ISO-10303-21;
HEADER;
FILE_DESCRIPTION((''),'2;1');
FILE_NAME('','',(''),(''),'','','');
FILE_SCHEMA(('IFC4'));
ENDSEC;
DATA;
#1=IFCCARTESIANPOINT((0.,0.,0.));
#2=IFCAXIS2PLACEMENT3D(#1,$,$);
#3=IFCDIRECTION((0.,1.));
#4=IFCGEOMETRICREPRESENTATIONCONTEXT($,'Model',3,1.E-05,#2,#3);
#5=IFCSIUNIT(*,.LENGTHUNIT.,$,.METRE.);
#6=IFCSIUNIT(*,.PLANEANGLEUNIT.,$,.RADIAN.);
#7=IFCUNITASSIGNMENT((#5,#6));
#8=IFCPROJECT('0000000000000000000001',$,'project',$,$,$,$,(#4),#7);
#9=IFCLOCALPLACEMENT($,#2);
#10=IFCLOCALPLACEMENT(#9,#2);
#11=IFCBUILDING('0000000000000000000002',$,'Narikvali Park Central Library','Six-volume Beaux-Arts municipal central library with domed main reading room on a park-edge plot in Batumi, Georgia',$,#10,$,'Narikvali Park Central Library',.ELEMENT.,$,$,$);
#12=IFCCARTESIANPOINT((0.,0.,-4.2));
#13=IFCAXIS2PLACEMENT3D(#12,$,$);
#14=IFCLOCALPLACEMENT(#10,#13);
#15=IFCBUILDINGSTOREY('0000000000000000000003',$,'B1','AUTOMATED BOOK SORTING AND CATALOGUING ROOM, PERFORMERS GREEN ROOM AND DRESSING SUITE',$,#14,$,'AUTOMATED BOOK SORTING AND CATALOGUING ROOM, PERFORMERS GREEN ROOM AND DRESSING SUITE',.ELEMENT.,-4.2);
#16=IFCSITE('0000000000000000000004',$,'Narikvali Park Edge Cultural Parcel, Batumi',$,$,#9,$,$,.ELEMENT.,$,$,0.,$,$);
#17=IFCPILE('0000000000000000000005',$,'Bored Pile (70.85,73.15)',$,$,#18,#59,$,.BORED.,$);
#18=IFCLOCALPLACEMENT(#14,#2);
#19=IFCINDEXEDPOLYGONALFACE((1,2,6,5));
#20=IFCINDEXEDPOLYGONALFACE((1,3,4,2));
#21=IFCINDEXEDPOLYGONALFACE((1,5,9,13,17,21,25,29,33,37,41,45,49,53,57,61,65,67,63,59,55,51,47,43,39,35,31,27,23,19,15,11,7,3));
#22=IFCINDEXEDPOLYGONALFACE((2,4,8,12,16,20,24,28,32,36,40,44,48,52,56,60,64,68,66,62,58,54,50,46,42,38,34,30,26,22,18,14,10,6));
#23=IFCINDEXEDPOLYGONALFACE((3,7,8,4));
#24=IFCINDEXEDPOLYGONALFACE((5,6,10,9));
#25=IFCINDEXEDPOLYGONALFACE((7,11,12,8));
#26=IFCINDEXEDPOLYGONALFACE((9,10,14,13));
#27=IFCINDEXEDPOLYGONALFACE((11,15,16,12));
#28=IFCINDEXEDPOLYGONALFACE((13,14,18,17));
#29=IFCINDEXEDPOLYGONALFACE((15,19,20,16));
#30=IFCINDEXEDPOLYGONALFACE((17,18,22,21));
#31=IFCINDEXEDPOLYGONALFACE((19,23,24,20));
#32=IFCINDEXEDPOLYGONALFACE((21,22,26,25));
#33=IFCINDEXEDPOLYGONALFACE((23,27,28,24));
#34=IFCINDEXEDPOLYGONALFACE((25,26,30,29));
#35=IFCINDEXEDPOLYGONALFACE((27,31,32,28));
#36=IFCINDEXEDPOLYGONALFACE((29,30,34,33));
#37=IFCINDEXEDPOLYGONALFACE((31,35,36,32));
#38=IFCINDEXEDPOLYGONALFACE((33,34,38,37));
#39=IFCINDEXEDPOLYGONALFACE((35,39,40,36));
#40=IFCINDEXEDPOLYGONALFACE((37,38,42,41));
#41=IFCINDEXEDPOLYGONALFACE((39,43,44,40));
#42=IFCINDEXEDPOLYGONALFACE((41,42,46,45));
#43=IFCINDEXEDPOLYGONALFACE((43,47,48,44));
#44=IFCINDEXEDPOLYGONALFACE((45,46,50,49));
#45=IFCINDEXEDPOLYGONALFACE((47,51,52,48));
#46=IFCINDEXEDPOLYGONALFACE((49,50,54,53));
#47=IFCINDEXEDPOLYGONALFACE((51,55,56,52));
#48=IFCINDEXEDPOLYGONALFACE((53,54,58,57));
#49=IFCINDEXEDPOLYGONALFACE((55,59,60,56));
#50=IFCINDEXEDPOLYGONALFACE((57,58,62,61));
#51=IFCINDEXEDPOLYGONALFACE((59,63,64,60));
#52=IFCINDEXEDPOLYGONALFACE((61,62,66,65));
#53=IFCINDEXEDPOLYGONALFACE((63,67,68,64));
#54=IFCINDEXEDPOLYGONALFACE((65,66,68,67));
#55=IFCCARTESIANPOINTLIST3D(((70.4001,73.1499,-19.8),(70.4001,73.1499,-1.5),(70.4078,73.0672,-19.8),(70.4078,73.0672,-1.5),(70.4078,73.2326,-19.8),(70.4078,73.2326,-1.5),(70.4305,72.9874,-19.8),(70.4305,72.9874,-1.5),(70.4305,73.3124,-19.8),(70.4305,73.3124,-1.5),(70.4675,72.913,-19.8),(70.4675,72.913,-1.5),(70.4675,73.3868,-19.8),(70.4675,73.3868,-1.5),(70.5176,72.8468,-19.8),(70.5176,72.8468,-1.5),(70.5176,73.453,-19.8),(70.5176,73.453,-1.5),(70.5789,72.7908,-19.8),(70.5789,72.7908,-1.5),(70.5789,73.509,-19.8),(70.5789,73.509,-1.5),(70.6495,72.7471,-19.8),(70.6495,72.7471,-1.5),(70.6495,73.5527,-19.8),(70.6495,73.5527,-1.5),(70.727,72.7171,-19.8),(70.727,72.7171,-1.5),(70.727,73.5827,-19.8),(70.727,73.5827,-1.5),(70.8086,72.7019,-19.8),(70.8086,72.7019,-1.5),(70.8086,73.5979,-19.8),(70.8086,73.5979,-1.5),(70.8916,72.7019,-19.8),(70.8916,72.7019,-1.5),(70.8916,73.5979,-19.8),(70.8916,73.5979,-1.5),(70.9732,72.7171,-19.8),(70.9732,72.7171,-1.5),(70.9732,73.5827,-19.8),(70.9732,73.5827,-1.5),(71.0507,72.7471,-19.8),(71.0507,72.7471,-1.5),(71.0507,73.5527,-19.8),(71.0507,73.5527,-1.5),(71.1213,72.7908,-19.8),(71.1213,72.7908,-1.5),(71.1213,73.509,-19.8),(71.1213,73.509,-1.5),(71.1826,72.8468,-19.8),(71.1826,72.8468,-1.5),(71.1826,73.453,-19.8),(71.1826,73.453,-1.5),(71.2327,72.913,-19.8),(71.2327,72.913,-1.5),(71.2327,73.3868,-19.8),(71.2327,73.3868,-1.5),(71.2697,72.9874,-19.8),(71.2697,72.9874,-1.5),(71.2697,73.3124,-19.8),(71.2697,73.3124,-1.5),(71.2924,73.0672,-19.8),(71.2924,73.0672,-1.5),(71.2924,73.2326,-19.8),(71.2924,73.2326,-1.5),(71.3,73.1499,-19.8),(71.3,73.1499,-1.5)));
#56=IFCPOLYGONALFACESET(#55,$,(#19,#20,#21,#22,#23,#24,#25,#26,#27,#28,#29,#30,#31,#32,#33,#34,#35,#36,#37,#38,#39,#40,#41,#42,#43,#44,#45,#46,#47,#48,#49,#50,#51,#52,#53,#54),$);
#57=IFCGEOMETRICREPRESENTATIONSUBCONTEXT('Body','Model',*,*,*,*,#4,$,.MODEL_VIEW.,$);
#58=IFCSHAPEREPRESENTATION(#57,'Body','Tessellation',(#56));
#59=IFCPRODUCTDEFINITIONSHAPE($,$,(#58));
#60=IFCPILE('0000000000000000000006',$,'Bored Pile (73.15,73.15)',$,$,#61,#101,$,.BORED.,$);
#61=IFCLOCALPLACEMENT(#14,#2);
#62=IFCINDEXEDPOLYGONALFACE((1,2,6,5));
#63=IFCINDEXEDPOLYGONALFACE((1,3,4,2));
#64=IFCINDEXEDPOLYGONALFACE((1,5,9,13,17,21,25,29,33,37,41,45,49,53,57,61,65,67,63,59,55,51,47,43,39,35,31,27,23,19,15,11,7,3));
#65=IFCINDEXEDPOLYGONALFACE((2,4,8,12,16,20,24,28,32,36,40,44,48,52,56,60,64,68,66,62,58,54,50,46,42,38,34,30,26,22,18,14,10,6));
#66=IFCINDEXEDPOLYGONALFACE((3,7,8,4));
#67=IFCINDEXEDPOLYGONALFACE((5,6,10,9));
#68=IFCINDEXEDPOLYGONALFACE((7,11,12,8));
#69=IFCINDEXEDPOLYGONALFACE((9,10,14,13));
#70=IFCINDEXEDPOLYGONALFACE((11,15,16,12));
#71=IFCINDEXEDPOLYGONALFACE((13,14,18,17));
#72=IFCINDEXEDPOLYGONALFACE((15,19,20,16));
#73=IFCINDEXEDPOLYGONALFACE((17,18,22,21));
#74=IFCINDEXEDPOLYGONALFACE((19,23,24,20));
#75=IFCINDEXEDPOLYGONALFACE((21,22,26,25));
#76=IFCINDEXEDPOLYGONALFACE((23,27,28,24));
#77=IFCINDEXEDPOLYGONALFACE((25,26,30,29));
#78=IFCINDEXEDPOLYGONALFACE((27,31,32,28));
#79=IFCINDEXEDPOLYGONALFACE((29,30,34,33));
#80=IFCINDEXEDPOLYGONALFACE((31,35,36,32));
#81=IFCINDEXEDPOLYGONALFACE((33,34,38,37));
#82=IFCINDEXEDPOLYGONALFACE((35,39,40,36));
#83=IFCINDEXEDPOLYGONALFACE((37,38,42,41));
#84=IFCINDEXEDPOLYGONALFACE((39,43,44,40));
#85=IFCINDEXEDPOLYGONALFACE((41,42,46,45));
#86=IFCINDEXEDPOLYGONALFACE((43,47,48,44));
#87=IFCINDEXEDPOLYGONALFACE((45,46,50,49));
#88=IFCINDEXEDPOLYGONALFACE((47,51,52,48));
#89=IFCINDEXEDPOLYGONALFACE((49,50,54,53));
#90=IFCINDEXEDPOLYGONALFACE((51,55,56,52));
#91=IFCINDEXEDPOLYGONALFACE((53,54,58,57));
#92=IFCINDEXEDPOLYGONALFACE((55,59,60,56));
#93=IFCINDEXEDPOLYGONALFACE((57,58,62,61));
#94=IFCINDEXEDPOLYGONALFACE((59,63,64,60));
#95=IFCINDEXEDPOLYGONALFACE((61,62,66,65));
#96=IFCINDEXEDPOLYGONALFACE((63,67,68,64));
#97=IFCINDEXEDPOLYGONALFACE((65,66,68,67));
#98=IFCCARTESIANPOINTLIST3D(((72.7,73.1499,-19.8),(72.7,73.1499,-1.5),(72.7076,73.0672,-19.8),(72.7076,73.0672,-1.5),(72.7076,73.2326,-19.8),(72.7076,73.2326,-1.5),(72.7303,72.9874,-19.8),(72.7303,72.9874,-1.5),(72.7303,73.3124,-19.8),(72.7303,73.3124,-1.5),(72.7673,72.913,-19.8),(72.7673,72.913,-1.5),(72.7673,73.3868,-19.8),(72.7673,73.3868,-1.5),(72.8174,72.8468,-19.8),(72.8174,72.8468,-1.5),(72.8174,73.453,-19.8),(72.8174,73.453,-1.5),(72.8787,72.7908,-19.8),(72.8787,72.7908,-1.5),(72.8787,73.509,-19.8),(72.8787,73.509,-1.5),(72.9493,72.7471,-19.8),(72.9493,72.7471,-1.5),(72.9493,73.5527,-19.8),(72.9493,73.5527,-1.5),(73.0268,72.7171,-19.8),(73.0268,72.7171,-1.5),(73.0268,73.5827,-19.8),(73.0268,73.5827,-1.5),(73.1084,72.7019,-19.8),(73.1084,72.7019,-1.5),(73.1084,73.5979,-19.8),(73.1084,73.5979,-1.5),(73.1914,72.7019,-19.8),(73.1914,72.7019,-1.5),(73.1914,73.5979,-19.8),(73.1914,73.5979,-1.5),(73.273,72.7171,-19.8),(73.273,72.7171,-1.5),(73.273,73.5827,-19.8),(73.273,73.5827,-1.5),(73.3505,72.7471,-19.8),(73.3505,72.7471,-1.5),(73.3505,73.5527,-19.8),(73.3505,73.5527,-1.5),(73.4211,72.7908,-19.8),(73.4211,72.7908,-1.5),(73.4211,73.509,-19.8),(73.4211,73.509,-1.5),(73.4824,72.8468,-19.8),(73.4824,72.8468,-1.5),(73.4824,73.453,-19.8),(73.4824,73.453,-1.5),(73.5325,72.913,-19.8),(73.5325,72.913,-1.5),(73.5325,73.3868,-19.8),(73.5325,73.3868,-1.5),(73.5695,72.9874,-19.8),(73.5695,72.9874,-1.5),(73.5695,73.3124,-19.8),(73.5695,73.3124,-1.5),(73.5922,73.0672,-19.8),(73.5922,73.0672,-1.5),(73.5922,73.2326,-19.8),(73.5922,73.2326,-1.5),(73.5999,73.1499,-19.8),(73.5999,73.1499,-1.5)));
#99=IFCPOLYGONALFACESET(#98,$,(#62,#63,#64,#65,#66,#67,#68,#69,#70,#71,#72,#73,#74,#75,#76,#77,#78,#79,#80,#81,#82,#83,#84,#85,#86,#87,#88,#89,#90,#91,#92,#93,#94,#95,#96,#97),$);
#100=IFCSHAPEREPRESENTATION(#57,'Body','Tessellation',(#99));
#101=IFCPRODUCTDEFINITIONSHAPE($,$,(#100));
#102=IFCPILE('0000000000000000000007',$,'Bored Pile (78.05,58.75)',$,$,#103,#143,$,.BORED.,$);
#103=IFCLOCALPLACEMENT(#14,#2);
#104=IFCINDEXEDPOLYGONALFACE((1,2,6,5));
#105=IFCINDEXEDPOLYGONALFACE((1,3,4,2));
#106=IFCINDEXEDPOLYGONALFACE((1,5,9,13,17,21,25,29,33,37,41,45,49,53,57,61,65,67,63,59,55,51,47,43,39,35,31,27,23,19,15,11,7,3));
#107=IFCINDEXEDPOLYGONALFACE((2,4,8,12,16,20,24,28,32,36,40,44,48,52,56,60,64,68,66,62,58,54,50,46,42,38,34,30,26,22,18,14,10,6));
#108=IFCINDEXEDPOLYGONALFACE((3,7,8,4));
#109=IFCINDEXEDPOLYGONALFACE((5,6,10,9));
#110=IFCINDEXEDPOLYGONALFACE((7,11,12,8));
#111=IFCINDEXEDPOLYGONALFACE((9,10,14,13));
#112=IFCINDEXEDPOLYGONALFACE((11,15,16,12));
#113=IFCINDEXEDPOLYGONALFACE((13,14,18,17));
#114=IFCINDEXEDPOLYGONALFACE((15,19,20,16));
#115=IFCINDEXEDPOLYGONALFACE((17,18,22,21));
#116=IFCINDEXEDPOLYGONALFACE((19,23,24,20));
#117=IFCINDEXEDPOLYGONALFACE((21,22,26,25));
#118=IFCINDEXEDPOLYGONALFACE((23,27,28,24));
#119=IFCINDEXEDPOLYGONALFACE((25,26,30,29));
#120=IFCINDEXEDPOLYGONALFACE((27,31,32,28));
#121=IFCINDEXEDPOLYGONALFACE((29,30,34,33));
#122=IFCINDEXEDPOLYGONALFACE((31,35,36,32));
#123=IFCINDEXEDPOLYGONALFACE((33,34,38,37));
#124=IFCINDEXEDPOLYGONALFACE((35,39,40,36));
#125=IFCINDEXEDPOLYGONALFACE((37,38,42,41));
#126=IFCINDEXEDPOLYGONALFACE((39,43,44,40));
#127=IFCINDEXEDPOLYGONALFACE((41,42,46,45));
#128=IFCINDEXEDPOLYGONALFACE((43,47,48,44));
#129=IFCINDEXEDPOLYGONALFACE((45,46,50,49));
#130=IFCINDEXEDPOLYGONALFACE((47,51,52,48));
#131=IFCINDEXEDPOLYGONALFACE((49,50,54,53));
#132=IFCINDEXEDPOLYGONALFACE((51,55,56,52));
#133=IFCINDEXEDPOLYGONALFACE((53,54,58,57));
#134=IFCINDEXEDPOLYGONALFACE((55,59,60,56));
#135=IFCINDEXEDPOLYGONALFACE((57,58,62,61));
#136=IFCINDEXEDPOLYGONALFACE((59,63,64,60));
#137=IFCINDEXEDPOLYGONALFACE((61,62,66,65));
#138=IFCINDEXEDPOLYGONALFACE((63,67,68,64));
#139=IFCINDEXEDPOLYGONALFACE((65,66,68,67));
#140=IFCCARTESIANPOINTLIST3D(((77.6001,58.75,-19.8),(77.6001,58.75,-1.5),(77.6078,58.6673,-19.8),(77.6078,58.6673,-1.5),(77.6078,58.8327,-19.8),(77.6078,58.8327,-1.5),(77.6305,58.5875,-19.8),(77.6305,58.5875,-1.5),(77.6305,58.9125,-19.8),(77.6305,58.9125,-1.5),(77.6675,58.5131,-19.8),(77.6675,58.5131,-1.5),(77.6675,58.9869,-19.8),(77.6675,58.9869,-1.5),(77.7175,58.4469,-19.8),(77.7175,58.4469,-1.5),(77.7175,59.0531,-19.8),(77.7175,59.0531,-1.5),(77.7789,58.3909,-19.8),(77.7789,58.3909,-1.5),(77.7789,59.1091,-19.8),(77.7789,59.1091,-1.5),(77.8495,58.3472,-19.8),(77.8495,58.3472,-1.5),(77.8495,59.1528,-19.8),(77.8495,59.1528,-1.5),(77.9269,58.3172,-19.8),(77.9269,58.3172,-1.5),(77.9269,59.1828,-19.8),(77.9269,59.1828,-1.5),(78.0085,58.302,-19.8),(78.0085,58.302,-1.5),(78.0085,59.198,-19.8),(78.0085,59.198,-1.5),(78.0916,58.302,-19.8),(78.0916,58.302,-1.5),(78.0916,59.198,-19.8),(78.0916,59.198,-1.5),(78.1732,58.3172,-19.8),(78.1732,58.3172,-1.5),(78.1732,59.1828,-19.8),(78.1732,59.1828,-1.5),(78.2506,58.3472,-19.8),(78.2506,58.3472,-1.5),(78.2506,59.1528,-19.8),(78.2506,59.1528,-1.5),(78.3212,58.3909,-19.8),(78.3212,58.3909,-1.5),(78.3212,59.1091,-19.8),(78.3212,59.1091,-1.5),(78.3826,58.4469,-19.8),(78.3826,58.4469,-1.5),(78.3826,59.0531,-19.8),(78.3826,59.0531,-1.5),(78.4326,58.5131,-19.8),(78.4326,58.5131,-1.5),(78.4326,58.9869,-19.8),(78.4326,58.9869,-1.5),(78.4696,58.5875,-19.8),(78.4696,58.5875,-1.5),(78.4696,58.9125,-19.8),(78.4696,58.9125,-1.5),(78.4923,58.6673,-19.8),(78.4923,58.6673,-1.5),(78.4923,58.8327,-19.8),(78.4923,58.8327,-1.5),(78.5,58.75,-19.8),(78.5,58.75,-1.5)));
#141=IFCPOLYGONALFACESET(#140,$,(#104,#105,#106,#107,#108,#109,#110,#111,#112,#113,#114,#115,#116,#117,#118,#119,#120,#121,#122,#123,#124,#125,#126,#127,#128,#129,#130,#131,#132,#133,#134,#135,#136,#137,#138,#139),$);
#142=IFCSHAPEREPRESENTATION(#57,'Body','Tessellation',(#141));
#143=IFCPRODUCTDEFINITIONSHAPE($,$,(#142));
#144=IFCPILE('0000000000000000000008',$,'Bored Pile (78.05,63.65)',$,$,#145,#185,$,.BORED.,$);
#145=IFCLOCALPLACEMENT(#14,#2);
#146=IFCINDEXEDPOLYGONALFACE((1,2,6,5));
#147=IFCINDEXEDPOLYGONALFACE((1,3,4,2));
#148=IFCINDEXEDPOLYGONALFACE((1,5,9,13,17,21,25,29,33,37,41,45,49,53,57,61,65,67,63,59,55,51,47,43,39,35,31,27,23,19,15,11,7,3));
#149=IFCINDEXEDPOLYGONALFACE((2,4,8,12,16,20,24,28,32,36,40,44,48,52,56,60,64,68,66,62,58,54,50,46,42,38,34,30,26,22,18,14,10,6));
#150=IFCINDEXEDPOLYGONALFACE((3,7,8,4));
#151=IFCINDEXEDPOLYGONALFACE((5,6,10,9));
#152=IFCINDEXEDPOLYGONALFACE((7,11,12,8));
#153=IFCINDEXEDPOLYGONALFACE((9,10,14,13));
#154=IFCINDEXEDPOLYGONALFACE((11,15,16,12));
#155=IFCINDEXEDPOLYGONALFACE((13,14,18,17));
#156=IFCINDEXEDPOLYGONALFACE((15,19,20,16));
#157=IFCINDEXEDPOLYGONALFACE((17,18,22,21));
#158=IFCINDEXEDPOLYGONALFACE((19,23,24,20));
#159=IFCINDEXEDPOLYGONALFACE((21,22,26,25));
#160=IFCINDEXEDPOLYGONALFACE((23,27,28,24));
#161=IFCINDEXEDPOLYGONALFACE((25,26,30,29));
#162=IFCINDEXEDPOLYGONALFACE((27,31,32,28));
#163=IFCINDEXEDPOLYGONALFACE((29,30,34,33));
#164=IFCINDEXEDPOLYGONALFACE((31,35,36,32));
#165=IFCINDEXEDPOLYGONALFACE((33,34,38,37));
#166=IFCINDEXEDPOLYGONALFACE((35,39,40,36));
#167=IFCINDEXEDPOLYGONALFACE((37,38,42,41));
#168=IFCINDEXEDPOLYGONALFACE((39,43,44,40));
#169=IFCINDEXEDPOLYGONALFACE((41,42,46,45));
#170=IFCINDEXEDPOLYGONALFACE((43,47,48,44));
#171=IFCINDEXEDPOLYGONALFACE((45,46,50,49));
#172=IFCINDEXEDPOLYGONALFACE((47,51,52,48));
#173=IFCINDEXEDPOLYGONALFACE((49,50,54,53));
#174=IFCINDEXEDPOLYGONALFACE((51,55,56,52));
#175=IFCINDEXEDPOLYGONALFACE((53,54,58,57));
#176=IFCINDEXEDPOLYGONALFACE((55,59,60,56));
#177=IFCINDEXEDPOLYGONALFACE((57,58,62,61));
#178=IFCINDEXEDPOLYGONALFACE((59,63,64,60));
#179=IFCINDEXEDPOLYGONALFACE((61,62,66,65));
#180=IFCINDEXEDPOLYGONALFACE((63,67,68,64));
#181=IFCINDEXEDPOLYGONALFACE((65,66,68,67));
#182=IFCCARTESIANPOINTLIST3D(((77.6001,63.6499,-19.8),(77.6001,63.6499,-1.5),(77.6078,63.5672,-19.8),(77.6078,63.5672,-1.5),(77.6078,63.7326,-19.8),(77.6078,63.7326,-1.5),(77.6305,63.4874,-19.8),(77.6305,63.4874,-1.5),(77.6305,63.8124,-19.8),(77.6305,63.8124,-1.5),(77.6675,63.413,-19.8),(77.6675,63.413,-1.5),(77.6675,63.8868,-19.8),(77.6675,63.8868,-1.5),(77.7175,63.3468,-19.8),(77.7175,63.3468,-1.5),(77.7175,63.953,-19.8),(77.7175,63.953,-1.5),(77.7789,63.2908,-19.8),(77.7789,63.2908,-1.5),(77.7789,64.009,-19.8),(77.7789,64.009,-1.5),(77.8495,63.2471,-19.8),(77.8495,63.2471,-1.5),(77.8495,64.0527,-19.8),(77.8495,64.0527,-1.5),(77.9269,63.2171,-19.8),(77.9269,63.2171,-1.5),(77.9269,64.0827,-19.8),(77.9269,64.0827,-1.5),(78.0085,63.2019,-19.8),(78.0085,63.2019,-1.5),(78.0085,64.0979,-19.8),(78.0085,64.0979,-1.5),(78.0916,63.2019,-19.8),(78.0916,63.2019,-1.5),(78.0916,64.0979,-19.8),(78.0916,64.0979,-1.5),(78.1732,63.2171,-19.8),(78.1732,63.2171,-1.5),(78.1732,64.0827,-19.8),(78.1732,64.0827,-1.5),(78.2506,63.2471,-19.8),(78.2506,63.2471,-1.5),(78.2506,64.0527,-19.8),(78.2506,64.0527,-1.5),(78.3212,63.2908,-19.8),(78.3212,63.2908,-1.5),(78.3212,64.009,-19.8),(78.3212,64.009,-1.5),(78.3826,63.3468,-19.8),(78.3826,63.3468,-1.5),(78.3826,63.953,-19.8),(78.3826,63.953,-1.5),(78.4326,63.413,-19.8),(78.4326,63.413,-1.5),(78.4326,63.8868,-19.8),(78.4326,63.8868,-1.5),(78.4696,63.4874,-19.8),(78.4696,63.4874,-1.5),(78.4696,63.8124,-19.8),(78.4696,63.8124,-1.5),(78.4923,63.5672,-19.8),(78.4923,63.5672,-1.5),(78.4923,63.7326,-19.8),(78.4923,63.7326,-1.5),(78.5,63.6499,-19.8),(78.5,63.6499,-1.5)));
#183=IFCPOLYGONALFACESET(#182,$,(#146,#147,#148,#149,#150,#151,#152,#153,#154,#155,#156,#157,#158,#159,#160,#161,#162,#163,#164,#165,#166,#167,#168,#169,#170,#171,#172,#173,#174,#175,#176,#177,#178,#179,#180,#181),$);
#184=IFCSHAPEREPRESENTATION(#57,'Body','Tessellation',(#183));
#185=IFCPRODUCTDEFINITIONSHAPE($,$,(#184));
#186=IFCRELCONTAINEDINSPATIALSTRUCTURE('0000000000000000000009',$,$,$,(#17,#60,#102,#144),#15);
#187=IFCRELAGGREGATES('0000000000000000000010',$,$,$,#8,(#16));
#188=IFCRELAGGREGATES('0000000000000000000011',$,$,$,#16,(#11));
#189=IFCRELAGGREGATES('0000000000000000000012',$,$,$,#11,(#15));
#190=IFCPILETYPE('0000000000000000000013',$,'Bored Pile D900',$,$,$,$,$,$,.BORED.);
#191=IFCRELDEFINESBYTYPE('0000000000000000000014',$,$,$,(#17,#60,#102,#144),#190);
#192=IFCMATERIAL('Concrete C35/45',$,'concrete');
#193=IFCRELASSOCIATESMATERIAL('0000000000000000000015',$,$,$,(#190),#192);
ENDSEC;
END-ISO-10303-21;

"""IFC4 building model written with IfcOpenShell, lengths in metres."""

from ifc_helpers import new_model, si_unit, direction, frame, origin, origin_2d, place, context, subcontext, project, spatial, circle, extrude, material, material_profile, profile_set, type_object, element, save


model = new_model("IFC4")

# Units and contexts
model_context = context("Model", 3, precision=1e-05, world=origin(), true_north=direction((0.0, 1.0)))
body_context = subcontext(model_context, "Body", "Model", "MODEL_VIEW")
ifc_project = project(units=[si_unit("LENGTHUNIT", "METRE"), si_unit("PLANEANGLEUNIT", "RADIAN")], contexts=[model_context])

# Site, building, storey
site_placement = place(None, origin())
site = spatial("IfcSite", under=ifc_project, at=site_placement, Name="Narikvali Park Edge Cultural Parcel, Batumi", CompositionType="ELEMENT", RefElevation=0.0)
building_placement = place(site_placement, origin())
building = spatial("IfcBuilding", under=site, at=building_placement, Name="Narikvali Park Central Library", Description="Six-volume Beaux-Arts municipal central library with domed main reading room on a park-edge plot in Batumi, Georgia", LongName="Narikvali Park Central Library", CompositionType="ELEMENT")
storey_placement = place(building_placement, frame((0.0, 0.0, -4.2)))
storey = spatial("IfcBuildingStorey", under=building, at=storey_placement, Name="B1", Description="AUTOMATED BOOK SORTING AND CATALOGUING ROOM, PERFORMERS GREEN ROOM AND DRESSING SUITE", LongName="AUTOMATED BOOK SORTING AND CATALOGUING ROOM, PERFORMERS GREEN ROOM AND DRESSING SUITE", CompositionType="ELEMENT", Elevation=-4.2)

# Piles
ifc_material_1 = material(Name="Concrete C35/45", Category="concrete")
ifc_material_profile_1 = material_profile(ifc_material_1, circle(Radius=0.45, at=origin_2d()), Name="PILE D900")
ifc_profile_set_1 = profile_set([ifc_material_profile_1], Name="Concrete C35/45")
pile_type = type_object("IfcPileType", Name="Bored Pile D900", PredefinedType="BORED", material=ifc_profile_set_1)
for number, where, z_axis, x_axis, name in (
    (1, (70.8501, 73.1499, -1.5), (0.0, 0.0, -1.0), (1.0, 0.0, 0.0), "Bored Pile (70.85,73.15)"),
    (2, (73.1499, 73.1499, -1.5), (0.0, 0.0, -1.0), (1.0, 0.0, 0.0), "Bored Pile (73.15,73.15)"),
    (3, (78.05, 58.75, -1.5), (0.0, 0.0, -1.0), (1.0, 0.0, 0.0), "Bored Pile (78.05,58.75)"),
    (4, (78.05, 63.6499, -1.5), (0.0, 0.0, -1.0), (1.0, 0.0, 0.0), "Bored Pile (78.05,63.65)"),
):
    element("IfcPile", number, at=place(storey_placement, frame(where, z_axis=z_axis, x_axis=x_axis)), inside=storey, type_object=pile_type, Name=name, PredefinedType="BORED", context=body_context, shape_type="SweptSolid", body=[
        extrude(circle(Radius=0.45, at=origin_2d()), origin(), (0.0, 0.0, 1.0), 18.3),
    ])

save(model, "model.ifc")
